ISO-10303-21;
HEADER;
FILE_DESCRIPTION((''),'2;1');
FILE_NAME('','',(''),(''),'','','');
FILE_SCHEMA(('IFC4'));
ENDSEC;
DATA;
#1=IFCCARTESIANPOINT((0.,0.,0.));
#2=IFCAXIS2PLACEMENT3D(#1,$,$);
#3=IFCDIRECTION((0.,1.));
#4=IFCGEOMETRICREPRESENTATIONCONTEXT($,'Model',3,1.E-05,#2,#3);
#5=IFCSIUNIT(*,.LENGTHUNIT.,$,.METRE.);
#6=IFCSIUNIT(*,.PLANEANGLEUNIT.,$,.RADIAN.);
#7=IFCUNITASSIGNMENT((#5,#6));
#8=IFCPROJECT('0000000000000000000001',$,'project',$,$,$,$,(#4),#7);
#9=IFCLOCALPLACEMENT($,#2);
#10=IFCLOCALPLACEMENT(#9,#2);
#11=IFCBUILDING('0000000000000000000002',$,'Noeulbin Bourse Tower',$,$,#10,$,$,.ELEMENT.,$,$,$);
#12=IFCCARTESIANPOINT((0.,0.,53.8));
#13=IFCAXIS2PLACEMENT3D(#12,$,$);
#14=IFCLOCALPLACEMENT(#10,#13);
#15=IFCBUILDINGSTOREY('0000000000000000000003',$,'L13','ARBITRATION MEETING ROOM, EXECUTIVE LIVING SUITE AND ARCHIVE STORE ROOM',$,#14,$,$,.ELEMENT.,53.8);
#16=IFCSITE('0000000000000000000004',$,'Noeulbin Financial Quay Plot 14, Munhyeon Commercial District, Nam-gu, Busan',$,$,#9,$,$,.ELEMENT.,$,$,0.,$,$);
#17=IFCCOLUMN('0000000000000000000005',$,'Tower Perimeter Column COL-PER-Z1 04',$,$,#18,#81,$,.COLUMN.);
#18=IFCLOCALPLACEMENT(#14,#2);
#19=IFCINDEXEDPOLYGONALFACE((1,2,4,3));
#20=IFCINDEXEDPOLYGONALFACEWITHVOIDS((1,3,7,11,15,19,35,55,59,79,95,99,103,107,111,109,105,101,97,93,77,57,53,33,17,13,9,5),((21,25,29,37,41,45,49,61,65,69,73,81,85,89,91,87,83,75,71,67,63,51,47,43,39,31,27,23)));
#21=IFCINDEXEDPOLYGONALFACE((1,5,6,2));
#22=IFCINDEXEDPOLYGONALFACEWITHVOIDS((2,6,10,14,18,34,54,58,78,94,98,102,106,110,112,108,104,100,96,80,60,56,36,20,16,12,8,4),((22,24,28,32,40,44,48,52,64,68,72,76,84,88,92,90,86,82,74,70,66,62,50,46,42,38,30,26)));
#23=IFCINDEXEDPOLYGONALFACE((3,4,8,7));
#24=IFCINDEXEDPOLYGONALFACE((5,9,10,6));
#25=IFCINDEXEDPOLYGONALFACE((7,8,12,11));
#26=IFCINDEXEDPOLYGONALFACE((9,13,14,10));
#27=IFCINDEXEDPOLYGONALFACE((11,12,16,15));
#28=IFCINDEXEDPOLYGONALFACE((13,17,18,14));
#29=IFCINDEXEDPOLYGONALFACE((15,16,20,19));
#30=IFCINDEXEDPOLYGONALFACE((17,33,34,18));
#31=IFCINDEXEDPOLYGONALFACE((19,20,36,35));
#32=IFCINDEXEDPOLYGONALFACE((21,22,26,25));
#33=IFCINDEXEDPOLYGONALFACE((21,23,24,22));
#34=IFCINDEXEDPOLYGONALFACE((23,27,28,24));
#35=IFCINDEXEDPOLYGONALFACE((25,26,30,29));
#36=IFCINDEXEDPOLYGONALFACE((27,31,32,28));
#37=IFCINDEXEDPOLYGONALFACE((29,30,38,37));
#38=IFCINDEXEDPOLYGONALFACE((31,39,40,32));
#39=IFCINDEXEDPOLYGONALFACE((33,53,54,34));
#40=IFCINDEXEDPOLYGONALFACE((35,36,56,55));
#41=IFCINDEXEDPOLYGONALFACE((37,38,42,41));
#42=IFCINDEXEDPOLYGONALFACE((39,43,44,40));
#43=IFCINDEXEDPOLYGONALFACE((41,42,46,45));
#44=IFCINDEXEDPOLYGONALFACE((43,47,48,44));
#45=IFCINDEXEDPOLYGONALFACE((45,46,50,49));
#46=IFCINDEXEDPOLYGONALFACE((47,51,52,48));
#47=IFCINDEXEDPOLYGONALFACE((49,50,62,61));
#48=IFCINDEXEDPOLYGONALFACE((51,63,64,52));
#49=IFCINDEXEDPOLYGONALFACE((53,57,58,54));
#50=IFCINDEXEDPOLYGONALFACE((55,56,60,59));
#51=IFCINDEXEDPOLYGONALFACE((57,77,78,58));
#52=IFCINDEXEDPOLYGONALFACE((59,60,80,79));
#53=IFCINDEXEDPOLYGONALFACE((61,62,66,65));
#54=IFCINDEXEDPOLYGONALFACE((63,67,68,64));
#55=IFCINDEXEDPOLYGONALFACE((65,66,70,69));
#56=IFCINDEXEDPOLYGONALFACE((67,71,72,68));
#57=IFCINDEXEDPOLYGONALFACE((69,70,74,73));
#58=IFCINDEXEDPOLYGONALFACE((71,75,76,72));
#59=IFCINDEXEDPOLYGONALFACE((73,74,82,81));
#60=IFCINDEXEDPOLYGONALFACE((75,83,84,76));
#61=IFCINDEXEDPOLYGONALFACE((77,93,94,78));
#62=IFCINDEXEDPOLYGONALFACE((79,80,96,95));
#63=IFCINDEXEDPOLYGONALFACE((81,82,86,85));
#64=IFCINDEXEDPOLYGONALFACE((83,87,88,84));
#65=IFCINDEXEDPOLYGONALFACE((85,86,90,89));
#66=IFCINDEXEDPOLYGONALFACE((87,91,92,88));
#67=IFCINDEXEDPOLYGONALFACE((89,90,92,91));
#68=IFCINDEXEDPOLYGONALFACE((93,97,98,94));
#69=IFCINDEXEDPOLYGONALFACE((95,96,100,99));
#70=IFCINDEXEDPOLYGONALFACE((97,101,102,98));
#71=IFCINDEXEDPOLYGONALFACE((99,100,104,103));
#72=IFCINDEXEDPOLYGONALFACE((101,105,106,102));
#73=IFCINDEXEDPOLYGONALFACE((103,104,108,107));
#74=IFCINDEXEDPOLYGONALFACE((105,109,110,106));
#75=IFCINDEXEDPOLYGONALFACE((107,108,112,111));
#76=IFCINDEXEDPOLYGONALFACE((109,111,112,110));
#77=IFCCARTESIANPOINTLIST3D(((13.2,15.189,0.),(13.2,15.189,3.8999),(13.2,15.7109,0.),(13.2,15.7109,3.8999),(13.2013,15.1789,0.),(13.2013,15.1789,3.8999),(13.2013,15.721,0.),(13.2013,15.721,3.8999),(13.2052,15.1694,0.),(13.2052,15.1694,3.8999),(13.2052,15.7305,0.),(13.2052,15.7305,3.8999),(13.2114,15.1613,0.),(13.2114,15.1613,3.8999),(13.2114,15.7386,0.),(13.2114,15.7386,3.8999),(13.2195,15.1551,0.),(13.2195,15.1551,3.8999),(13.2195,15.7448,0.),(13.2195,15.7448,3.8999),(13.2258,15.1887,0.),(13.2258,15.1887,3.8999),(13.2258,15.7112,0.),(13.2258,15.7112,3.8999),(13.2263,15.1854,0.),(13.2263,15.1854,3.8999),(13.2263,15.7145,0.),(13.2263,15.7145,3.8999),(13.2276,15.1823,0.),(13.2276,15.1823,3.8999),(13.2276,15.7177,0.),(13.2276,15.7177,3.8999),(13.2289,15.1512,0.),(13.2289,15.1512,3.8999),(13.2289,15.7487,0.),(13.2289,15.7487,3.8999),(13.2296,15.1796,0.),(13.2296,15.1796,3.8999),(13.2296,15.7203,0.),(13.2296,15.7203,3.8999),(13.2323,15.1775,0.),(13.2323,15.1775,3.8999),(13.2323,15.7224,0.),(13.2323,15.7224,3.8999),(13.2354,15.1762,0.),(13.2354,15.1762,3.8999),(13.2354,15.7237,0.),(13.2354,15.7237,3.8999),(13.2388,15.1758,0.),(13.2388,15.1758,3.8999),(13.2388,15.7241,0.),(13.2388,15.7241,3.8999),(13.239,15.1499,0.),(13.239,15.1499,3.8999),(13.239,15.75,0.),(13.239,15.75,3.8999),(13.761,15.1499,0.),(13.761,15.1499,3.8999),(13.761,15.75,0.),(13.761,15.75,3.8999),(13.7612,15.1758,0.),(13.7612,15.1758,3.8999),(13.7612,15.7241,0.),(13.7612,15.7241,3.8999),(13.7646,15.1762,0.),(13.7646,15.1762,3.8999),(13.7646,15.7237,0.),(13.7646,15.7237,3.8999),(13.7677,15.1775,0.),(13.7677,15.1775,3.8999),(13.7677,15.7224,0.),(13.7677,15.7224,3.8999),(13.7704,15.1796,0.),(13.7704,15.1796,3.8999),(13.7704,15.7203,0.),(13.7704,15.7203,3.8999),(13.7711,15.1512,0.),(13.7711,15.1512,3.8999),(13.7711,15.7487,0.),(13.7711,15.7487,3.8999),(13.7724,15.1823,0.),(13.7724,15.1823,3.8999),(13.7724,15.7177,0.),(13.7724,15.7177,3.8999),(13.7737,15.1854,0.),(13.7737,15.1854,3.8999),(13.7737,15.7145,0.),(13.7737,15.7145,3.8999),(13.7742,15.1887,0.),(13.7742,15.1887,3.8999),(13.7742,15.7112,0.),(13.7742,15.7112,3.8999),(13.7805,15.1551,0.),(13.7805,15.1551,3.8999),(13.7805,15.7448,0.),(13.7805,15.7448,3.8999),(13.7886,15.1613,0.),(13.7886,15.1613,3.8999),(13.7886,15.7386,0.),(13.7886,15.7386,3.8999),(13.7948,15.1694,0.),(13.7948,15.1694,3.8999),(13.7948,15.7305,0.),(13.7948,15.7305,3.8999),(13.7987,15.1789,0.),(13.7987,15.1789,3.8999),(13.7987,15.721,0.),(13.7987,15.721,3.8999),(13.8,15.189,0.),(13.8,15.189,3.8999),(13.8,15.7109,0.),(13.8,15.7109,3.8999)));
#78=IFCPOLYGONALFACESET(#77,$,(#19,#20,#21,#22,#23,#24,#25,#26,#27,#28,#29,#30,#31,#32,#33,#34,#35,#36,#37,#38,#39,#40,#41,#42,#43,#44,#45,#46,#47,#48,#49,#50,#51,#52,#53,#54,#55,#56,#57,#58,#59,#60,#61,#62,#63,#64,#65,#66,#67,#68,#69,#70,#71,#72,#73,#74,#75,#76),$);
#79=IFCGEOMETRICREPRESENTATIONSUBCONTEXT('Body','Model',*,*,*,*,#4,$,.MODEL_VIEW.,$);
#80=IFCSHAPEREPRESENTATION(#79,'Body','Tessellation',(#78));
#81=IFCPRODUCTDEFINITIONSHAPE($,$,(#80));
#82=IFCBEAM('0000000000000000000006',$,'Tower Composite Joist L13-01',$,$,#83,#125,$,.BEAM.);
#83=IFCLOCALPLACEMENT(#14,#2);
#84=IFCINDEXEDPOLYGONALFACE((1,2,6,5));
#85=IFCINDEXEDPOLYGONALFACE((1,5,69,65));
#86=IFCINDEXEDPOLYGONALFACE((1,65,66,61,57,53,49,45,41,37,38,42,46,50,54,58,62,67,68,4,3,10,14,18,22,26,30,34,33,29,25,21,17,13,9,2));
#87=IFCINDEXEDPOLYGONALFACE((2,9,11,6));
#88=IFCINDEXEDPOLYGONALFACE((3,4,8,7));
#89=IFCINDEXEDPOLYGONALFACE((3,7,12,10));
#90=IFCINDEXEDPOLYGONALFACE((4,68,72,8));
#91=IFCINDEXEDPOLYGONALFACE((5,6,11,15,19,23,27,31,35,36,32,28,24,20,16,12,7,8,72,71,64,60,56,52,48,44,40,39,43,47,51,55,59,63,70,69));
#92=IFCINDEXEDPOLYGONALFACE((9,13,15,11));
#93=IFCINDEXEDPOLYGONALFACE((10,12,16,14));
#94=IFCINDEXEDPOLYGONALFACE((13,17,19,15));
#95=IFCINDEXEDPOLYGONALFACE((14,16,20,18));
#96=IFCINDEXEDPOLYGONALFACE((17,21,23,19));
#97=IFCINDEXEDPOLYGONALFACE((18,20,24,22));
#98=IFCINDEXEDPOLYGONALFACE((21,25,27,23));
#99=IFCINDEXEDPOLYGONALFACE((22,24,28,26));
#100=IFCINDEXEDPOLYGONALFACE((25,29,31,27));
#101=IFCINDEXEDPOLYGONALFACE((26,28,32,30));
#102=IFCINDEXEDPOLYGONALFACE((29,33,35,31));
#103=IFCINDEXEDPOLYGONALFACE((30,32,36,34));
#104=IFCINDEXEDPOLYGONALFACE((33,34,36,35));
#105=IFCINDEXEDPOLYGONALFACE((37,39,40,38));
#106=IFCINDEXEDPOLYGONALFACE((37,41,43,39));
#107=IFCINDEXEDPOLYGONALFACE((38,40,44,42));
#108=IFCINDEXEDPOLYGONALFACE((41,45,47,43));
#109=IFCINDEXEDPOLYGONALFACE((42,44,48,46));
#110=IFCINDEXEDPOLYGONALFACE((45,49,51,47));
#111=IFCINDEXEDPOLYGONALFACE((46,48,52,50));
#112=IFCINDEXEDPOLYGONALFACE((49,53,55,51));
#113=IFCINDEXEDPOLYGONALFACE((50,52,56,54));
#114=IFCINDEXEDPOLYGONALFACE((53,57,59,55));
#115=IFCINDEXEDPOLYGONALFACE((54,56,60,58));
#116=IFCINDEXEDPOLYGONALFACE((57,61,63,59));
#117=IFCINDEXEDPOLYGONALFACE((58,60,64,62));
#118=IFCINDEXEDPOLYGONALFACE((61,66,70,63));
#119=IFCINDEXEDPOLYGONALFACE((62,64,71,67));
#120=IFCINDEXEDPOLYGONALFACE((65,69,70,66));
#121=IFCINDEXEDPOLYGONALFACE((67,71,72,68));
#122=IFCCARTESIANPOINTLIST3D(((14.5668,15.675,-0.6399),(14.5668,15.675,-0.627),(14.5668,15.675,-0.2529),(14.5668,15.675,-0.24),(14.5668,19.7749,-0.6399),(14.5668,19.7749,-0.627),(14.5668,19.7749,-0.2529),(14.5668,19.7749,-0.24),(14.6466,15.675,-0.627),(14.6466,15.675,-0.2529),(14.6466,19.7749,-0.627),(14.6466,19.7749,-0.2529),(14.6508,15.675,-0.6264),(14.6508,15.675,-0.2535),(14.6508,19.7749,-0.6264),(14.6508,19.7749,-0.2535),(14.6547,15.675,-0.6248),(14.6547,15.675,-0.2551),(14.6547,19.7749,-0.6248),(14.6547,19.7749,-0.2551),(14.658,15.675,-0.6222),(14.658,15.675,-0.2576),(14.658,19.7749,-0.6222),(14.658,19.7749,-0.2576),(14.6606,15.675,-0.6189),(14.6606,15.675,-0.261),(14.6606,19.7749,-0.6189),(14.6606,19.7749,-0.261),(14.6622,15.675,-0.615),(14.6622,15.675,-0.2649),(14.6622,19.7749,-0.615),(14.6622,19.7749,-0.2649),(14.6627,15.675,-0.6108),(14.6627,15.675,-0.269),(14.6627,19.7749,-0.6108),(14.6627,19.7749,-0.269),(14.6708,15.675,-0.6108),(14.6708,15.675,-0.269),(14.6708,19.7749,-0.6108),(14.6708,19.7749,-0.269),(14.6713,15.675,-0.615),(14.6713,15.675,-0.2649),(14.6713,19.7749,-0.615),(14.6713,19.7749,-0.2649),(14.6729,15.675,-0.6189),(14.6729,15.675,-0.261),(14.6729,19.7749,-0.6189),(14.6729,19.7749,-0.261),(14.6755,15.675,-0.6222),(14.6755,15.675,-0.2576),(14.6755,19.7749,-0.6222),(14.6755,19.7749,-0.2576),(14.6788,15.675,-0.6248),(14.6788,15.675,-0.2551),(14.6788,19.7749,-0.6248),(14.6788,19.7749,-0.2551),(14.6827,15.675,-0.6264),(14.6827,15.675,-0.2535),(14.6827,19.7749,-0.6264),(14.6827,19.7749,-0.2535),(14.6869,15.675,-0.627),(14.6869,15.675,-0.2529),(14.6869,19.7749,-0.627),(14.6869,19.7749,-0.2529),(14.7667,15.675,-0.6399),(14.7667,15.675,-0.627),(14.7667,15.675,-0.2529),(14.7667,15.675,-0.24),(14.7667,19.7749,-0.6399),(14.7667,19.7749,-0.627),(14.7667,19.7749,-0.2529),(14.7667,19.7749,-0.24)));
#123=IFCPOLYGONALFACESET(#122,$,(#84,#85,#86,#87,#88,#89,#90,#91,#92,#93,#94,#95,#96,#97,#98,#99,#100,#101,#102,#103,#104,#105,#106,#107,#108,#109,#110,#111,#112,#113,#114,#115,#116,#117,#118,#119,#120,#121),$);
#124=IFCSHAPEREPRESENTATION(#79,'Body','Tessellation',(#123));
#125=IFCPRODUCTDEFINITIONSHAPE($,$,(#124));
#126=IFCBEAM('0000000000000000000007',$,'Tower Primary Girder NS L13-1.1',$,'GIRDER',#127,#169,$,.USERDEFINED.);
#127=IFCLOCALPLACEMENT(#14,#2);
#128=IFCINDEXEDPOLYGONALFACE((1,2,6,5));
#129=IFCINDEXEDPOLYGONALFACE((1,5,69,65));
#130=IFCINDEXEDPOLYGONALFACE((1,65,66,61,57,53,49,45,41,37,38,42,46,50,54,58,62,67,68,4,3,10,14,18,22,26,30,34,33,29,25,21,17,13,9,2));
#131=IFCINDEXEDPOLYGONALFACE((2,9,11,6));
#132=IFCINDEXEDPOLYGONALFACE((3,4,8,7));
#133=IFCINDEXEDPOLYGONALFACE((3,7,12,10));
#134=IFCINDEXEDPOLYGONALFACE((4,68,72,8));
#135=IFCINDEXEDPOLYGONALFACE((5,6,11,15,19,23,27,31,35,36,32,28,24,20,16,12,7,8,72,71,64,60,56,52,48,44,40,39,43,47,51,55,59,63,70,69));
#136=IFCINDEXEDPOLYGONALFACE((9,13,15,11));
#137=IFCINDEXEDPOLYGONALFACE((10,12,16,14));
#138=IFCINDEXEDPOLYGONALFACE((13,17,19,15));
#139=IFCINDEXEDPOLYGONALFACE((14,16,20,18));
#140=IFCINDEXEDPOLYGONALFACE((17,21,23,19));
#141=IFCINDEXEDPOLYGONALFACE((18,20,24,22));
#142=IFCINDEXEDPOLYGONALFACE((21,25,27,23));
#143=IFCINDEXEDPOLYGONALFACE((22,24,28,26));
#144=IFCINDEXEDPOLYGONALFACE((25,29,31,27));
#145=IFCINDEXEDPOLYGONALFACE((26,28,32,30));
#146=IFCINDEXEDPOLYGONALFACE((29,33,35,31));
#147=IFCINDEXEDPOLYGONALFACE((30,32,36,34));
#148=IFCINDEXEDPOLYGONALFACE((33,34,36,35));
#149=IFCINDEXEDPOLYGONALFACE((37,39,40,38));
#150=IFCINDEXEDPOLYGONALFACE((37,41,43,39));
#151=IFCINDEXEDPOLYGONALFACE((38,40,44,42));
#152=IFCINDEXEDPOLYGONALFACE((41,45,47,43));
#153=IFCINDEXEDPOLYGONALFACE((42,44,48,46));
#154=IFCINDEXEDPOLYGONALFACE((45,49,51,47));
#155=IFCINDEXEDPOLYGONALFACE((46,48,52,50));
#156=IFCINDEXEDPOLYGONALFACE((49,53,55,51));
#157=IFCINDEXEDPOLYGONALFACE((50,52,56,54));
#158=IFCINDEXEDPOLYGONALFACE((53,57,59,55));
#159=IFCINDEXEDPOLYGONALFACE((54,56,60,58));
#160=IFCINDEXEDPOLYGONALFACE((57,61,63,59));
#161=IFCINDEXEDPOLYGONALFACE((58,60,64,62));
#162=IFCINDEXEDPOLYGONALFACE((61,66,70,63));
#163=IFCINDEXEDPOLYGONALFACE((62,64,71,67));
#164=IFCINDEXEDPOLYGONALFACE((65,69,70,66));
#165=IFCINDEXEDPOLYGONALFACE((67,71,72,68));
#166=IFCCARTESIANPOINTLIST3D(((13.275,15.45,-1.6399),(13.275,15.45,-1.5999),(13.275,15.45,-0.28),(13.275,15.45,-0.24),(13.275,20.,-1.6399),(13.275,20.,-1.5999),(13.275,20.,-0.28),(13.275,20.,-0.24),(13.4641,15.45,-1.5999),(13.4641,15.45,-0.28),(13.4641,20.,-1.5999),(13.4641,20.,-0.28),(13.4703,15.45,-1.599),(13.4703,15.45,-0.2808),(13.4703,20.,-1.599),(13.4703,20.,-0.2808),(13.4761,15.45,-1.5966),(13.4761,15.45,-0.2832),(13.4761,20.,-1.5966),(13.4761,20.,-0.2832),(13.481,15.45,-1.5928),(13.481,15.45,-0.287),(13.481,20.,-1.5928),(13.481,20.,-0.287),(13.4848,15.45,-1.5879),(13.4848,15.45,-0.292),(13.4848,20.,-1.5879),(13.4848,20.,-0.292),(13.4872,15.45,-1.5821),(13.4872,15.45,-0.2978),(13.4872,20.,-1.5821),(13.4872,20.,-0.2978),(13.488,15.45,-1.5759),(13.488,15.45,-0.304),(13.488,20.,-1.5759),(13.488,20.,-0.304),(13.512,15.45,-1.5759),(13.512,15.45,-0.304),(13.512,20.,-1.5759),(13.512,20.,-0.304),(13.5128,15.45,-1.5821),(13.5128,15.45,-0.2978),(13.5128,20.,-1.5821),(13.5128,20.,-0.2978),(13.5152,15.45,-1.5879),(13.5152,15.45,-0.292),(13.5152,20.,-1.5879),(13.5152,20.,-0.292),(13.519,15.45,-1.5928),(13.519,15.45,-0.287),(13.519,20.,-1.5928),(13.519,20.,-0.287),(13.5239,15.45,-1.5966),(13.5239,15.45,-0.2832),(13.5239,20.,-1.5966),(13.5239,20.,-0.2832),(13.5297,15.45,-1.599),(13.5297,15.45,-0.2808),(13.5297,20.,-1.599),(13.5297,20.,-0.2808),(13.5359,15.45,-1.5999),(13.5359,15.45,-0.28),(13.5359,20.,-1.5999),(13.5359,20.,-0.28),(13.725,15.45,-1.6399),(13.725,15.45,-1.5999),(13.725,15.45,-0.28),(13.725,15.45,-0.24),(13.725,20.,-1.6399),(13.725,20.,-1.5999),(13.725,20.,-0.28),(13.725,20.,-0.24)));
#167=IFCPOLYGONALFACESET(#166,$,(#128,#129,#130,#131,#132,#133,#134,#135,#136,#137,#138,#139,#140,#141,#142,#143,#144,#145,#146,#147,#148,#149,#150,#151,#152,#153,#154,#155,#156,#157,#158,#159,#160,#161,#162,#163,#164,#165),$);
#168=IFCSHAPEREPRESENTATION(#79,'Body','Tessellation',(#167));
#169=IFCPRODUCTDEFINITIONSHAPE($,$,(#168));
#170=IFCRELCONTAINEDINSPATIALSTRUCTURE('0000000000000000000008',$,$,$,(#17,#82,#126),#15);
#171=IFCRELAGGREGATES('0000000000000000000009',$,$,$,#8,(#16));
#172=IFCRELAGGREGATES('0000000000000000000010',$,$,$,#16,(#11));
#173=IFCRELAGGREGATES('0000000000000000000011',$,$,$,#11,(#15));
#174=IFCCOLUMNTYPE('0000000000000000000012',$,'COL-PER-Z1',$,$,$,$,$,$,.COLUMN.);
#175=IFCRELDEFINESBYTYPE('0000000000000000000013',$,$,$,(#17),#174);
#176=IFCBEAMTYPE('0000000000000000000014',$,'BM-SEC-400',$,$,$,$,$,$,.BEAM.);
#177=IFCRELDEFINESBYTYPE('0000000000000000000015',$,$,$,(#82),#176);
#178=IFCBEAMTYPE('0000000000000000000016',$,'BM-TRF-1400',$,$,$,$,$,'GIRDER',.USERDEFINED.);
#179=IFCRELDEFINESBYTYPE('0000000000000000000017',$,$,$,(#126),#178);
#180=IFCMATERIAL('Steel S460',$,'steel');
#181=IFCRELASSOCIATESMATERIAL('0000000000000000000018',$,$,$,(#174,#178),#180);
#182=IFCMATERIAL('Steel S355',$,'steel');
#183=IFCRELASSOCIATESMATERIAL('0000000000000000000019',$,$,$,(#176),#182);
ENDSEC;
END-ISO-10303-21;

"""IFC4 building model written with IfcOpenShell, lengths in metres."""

from ifc_helpers import new_model, si_unit, direction, frame, origin, origin_2d, place, context, subcontext, project, spatial, hollow_rectangle, i_section, extrude, material, material_profile, profile_set, type_object, element, save


model = new_model("IFC4")

# Units and contexts
model_context = context("Model", 3, precision=1e-05, world=origin(), true_north=direction((0.0, 1.0)))
body_context = subcontext(model_context, "Body", "Model", "MODEL_VIEW")
ifc_project = project(units=[si_unit("LENGTHUNIT", "METRE"), si_unit("PLANEANGLEUNIT", "RADIAN")], contexts=[model_context])

# Site, building, storey
site_placement = place(None, origin())
site = spatial("IfcSite", under=ifc_project, at=site_placement, Name="Noeulbin Financial Quay Plot 14, Munhyeon Commercial District, Nam-gu, Busan", CompositionType="ELEMENT", RefElevation=0.0)
building_placement = place(site_placement, origin())
building = spatial("IfcBuilding", under=site, at=building_placement, Name="Noeulbin Bourse Tower", CompositionType="ELEMENT")
storey_placement = place(building_placement, frame((0.0, 0.0, 53.8)))
storey = spatial("IfcBuildingStorey", under=building, at=storey_placement, Name="L13", Description="ARBITRATION MEETING ROOM, EXECUTIVE LIVING SUITE AND ARCHIVE STORE ROOM", CompositionType="ELEMENT", Elevation=53.8)

# Column
ifc_material_1 = material(Name="Steel S460", Category="steel")
ifc_material_profile_1 = material_profile(ifc_material_1, hollow_rectangle(XDim=0.6001, YDim=0.6001, WallThickness=0.0259, InnerFilletRadius=0.0129, OuterFilletRadius=0.0391, at=origin_2d()), Name="BOX-600x600x26", Category="LoadBearing")
ifc_profile_set_1 = profile_set([ifc_material_profile_1], Name="Steel S460")
column_type = type_object("IfcColumnType", Name="COL-PER-Z1", PredefinedType="COLUMN", material=ifc_profile_set_1)
column_placement = place(storey_placement, frame((13.5, 15.45, 0.0), z_axis=(0.0, 0.0, 1.0), x_axis=(1.0, 0.0, 0.0)))
element("IfcColumn", 1, at=column_placement, inside=storey, type_object=column_type, Name="Tower Perimeter Column COL-PER-Z1 04", PredefinedType="COLUMN", context=body_context, shape_type="SweptSolid", body=[
    extrude(hollow_rectangle(XDim=0.6001, YDim=0.6001, WallThickness=0.0259, InnerFilletRadius=0.0129, OuterFilletRadius=0.0391, at=origin_2d()), origin(), (0.0, 0.0, 1.0), 3.8999),
])

# Beams
ifc_material_2 = material(Name="Steel S355", Category="steel")
ifc_material_profile_2 = material_profile(ifc_material_2, i_section(OverallWidth=0.2, OverallDepth=0.3999, WebThickness=0.0081, FlangeThickness=0.0129, FilletRadius=0.0161, at=origin_2d()), Name="H-400x200x8x13", Category="LoadBearing")
ifc_profile_set_2 = profile_set([ifc_material_profile_2], Name="Steel S355")
beam_type_1 = type_object("IfcBeamType", Name="BM-SEC-400", PredefinedType="BEAM", material=ifc_profile_set_2)
beam_1_placement = place(storey_placement, frame((14.6667, 15.675, -0.4399), z_axis=(0.0, 1.0, 0.0), x_axis=(-1.0, 0.0, 0.0)))
element("IfcBeam", 2, at=beam_1_placement, inside=storey, type_object=beam_type_1, Name="Tower Composite Joist L13-01", PredefinedType="BEAM", context=body_context, shape_type="SweptSolid", body=[
    extrude(i_section(OverallWidth=0.2, OverallDepth=0.3999, WebThickness=0.0081, FlangeThickness=0.0129, FilletRadius=0.0161, at=origin_2d()), origin(), (0.0, 0.0, 1.0), 4.0999),
])
ifc_material_profile_3 = material_profile(ifc_material_1, i_section(OverallWidth=0.45, OverallDepth=1.3999, WebThickness=0.0239, FlangeThickness=0.04, FilletRadius=0.0239, at=origin_2d()), Name="PG-1400x450x24x40", Category="LoadBearing")
ifc_profile_set_3 = profile_set([ifc_material_profile_3], Name="Steel S460")
beam_type_2 = type_object("IfcBeamType", Name="BM-TRF-1400", ElementType="GIRDER", PredefinedType="USERDEFINED", material=ifc_profile_set_3)
beam_2_placement = place(storey_placement, frame((13.5, 15.45, -0.9399), z_axis=(0.0, 1.0, 0.0), x_axis=(-1.0, 0.0, 0.0)))
element("IfcBeam", 3, at=beam_2_placement, inside=storey, type_object=beam_type_2, Name="Tower Primary Girder NS L13-1.1", ObjectType="GIRDER", PredefinedType="USERDEFINED", context=body_context, shape_type="SweptSolid", body=[
    extrude(i_section(OverallWidth=0.45, OverallDepth=1.3999, WebThickness=0.0239, FlangeThickness=0.04, FilletRadius=0.0239, at=origin_2d()), origin(), (0.0, 0.0, 1.0), 4.55),
])

save(model, "model.ifc")
